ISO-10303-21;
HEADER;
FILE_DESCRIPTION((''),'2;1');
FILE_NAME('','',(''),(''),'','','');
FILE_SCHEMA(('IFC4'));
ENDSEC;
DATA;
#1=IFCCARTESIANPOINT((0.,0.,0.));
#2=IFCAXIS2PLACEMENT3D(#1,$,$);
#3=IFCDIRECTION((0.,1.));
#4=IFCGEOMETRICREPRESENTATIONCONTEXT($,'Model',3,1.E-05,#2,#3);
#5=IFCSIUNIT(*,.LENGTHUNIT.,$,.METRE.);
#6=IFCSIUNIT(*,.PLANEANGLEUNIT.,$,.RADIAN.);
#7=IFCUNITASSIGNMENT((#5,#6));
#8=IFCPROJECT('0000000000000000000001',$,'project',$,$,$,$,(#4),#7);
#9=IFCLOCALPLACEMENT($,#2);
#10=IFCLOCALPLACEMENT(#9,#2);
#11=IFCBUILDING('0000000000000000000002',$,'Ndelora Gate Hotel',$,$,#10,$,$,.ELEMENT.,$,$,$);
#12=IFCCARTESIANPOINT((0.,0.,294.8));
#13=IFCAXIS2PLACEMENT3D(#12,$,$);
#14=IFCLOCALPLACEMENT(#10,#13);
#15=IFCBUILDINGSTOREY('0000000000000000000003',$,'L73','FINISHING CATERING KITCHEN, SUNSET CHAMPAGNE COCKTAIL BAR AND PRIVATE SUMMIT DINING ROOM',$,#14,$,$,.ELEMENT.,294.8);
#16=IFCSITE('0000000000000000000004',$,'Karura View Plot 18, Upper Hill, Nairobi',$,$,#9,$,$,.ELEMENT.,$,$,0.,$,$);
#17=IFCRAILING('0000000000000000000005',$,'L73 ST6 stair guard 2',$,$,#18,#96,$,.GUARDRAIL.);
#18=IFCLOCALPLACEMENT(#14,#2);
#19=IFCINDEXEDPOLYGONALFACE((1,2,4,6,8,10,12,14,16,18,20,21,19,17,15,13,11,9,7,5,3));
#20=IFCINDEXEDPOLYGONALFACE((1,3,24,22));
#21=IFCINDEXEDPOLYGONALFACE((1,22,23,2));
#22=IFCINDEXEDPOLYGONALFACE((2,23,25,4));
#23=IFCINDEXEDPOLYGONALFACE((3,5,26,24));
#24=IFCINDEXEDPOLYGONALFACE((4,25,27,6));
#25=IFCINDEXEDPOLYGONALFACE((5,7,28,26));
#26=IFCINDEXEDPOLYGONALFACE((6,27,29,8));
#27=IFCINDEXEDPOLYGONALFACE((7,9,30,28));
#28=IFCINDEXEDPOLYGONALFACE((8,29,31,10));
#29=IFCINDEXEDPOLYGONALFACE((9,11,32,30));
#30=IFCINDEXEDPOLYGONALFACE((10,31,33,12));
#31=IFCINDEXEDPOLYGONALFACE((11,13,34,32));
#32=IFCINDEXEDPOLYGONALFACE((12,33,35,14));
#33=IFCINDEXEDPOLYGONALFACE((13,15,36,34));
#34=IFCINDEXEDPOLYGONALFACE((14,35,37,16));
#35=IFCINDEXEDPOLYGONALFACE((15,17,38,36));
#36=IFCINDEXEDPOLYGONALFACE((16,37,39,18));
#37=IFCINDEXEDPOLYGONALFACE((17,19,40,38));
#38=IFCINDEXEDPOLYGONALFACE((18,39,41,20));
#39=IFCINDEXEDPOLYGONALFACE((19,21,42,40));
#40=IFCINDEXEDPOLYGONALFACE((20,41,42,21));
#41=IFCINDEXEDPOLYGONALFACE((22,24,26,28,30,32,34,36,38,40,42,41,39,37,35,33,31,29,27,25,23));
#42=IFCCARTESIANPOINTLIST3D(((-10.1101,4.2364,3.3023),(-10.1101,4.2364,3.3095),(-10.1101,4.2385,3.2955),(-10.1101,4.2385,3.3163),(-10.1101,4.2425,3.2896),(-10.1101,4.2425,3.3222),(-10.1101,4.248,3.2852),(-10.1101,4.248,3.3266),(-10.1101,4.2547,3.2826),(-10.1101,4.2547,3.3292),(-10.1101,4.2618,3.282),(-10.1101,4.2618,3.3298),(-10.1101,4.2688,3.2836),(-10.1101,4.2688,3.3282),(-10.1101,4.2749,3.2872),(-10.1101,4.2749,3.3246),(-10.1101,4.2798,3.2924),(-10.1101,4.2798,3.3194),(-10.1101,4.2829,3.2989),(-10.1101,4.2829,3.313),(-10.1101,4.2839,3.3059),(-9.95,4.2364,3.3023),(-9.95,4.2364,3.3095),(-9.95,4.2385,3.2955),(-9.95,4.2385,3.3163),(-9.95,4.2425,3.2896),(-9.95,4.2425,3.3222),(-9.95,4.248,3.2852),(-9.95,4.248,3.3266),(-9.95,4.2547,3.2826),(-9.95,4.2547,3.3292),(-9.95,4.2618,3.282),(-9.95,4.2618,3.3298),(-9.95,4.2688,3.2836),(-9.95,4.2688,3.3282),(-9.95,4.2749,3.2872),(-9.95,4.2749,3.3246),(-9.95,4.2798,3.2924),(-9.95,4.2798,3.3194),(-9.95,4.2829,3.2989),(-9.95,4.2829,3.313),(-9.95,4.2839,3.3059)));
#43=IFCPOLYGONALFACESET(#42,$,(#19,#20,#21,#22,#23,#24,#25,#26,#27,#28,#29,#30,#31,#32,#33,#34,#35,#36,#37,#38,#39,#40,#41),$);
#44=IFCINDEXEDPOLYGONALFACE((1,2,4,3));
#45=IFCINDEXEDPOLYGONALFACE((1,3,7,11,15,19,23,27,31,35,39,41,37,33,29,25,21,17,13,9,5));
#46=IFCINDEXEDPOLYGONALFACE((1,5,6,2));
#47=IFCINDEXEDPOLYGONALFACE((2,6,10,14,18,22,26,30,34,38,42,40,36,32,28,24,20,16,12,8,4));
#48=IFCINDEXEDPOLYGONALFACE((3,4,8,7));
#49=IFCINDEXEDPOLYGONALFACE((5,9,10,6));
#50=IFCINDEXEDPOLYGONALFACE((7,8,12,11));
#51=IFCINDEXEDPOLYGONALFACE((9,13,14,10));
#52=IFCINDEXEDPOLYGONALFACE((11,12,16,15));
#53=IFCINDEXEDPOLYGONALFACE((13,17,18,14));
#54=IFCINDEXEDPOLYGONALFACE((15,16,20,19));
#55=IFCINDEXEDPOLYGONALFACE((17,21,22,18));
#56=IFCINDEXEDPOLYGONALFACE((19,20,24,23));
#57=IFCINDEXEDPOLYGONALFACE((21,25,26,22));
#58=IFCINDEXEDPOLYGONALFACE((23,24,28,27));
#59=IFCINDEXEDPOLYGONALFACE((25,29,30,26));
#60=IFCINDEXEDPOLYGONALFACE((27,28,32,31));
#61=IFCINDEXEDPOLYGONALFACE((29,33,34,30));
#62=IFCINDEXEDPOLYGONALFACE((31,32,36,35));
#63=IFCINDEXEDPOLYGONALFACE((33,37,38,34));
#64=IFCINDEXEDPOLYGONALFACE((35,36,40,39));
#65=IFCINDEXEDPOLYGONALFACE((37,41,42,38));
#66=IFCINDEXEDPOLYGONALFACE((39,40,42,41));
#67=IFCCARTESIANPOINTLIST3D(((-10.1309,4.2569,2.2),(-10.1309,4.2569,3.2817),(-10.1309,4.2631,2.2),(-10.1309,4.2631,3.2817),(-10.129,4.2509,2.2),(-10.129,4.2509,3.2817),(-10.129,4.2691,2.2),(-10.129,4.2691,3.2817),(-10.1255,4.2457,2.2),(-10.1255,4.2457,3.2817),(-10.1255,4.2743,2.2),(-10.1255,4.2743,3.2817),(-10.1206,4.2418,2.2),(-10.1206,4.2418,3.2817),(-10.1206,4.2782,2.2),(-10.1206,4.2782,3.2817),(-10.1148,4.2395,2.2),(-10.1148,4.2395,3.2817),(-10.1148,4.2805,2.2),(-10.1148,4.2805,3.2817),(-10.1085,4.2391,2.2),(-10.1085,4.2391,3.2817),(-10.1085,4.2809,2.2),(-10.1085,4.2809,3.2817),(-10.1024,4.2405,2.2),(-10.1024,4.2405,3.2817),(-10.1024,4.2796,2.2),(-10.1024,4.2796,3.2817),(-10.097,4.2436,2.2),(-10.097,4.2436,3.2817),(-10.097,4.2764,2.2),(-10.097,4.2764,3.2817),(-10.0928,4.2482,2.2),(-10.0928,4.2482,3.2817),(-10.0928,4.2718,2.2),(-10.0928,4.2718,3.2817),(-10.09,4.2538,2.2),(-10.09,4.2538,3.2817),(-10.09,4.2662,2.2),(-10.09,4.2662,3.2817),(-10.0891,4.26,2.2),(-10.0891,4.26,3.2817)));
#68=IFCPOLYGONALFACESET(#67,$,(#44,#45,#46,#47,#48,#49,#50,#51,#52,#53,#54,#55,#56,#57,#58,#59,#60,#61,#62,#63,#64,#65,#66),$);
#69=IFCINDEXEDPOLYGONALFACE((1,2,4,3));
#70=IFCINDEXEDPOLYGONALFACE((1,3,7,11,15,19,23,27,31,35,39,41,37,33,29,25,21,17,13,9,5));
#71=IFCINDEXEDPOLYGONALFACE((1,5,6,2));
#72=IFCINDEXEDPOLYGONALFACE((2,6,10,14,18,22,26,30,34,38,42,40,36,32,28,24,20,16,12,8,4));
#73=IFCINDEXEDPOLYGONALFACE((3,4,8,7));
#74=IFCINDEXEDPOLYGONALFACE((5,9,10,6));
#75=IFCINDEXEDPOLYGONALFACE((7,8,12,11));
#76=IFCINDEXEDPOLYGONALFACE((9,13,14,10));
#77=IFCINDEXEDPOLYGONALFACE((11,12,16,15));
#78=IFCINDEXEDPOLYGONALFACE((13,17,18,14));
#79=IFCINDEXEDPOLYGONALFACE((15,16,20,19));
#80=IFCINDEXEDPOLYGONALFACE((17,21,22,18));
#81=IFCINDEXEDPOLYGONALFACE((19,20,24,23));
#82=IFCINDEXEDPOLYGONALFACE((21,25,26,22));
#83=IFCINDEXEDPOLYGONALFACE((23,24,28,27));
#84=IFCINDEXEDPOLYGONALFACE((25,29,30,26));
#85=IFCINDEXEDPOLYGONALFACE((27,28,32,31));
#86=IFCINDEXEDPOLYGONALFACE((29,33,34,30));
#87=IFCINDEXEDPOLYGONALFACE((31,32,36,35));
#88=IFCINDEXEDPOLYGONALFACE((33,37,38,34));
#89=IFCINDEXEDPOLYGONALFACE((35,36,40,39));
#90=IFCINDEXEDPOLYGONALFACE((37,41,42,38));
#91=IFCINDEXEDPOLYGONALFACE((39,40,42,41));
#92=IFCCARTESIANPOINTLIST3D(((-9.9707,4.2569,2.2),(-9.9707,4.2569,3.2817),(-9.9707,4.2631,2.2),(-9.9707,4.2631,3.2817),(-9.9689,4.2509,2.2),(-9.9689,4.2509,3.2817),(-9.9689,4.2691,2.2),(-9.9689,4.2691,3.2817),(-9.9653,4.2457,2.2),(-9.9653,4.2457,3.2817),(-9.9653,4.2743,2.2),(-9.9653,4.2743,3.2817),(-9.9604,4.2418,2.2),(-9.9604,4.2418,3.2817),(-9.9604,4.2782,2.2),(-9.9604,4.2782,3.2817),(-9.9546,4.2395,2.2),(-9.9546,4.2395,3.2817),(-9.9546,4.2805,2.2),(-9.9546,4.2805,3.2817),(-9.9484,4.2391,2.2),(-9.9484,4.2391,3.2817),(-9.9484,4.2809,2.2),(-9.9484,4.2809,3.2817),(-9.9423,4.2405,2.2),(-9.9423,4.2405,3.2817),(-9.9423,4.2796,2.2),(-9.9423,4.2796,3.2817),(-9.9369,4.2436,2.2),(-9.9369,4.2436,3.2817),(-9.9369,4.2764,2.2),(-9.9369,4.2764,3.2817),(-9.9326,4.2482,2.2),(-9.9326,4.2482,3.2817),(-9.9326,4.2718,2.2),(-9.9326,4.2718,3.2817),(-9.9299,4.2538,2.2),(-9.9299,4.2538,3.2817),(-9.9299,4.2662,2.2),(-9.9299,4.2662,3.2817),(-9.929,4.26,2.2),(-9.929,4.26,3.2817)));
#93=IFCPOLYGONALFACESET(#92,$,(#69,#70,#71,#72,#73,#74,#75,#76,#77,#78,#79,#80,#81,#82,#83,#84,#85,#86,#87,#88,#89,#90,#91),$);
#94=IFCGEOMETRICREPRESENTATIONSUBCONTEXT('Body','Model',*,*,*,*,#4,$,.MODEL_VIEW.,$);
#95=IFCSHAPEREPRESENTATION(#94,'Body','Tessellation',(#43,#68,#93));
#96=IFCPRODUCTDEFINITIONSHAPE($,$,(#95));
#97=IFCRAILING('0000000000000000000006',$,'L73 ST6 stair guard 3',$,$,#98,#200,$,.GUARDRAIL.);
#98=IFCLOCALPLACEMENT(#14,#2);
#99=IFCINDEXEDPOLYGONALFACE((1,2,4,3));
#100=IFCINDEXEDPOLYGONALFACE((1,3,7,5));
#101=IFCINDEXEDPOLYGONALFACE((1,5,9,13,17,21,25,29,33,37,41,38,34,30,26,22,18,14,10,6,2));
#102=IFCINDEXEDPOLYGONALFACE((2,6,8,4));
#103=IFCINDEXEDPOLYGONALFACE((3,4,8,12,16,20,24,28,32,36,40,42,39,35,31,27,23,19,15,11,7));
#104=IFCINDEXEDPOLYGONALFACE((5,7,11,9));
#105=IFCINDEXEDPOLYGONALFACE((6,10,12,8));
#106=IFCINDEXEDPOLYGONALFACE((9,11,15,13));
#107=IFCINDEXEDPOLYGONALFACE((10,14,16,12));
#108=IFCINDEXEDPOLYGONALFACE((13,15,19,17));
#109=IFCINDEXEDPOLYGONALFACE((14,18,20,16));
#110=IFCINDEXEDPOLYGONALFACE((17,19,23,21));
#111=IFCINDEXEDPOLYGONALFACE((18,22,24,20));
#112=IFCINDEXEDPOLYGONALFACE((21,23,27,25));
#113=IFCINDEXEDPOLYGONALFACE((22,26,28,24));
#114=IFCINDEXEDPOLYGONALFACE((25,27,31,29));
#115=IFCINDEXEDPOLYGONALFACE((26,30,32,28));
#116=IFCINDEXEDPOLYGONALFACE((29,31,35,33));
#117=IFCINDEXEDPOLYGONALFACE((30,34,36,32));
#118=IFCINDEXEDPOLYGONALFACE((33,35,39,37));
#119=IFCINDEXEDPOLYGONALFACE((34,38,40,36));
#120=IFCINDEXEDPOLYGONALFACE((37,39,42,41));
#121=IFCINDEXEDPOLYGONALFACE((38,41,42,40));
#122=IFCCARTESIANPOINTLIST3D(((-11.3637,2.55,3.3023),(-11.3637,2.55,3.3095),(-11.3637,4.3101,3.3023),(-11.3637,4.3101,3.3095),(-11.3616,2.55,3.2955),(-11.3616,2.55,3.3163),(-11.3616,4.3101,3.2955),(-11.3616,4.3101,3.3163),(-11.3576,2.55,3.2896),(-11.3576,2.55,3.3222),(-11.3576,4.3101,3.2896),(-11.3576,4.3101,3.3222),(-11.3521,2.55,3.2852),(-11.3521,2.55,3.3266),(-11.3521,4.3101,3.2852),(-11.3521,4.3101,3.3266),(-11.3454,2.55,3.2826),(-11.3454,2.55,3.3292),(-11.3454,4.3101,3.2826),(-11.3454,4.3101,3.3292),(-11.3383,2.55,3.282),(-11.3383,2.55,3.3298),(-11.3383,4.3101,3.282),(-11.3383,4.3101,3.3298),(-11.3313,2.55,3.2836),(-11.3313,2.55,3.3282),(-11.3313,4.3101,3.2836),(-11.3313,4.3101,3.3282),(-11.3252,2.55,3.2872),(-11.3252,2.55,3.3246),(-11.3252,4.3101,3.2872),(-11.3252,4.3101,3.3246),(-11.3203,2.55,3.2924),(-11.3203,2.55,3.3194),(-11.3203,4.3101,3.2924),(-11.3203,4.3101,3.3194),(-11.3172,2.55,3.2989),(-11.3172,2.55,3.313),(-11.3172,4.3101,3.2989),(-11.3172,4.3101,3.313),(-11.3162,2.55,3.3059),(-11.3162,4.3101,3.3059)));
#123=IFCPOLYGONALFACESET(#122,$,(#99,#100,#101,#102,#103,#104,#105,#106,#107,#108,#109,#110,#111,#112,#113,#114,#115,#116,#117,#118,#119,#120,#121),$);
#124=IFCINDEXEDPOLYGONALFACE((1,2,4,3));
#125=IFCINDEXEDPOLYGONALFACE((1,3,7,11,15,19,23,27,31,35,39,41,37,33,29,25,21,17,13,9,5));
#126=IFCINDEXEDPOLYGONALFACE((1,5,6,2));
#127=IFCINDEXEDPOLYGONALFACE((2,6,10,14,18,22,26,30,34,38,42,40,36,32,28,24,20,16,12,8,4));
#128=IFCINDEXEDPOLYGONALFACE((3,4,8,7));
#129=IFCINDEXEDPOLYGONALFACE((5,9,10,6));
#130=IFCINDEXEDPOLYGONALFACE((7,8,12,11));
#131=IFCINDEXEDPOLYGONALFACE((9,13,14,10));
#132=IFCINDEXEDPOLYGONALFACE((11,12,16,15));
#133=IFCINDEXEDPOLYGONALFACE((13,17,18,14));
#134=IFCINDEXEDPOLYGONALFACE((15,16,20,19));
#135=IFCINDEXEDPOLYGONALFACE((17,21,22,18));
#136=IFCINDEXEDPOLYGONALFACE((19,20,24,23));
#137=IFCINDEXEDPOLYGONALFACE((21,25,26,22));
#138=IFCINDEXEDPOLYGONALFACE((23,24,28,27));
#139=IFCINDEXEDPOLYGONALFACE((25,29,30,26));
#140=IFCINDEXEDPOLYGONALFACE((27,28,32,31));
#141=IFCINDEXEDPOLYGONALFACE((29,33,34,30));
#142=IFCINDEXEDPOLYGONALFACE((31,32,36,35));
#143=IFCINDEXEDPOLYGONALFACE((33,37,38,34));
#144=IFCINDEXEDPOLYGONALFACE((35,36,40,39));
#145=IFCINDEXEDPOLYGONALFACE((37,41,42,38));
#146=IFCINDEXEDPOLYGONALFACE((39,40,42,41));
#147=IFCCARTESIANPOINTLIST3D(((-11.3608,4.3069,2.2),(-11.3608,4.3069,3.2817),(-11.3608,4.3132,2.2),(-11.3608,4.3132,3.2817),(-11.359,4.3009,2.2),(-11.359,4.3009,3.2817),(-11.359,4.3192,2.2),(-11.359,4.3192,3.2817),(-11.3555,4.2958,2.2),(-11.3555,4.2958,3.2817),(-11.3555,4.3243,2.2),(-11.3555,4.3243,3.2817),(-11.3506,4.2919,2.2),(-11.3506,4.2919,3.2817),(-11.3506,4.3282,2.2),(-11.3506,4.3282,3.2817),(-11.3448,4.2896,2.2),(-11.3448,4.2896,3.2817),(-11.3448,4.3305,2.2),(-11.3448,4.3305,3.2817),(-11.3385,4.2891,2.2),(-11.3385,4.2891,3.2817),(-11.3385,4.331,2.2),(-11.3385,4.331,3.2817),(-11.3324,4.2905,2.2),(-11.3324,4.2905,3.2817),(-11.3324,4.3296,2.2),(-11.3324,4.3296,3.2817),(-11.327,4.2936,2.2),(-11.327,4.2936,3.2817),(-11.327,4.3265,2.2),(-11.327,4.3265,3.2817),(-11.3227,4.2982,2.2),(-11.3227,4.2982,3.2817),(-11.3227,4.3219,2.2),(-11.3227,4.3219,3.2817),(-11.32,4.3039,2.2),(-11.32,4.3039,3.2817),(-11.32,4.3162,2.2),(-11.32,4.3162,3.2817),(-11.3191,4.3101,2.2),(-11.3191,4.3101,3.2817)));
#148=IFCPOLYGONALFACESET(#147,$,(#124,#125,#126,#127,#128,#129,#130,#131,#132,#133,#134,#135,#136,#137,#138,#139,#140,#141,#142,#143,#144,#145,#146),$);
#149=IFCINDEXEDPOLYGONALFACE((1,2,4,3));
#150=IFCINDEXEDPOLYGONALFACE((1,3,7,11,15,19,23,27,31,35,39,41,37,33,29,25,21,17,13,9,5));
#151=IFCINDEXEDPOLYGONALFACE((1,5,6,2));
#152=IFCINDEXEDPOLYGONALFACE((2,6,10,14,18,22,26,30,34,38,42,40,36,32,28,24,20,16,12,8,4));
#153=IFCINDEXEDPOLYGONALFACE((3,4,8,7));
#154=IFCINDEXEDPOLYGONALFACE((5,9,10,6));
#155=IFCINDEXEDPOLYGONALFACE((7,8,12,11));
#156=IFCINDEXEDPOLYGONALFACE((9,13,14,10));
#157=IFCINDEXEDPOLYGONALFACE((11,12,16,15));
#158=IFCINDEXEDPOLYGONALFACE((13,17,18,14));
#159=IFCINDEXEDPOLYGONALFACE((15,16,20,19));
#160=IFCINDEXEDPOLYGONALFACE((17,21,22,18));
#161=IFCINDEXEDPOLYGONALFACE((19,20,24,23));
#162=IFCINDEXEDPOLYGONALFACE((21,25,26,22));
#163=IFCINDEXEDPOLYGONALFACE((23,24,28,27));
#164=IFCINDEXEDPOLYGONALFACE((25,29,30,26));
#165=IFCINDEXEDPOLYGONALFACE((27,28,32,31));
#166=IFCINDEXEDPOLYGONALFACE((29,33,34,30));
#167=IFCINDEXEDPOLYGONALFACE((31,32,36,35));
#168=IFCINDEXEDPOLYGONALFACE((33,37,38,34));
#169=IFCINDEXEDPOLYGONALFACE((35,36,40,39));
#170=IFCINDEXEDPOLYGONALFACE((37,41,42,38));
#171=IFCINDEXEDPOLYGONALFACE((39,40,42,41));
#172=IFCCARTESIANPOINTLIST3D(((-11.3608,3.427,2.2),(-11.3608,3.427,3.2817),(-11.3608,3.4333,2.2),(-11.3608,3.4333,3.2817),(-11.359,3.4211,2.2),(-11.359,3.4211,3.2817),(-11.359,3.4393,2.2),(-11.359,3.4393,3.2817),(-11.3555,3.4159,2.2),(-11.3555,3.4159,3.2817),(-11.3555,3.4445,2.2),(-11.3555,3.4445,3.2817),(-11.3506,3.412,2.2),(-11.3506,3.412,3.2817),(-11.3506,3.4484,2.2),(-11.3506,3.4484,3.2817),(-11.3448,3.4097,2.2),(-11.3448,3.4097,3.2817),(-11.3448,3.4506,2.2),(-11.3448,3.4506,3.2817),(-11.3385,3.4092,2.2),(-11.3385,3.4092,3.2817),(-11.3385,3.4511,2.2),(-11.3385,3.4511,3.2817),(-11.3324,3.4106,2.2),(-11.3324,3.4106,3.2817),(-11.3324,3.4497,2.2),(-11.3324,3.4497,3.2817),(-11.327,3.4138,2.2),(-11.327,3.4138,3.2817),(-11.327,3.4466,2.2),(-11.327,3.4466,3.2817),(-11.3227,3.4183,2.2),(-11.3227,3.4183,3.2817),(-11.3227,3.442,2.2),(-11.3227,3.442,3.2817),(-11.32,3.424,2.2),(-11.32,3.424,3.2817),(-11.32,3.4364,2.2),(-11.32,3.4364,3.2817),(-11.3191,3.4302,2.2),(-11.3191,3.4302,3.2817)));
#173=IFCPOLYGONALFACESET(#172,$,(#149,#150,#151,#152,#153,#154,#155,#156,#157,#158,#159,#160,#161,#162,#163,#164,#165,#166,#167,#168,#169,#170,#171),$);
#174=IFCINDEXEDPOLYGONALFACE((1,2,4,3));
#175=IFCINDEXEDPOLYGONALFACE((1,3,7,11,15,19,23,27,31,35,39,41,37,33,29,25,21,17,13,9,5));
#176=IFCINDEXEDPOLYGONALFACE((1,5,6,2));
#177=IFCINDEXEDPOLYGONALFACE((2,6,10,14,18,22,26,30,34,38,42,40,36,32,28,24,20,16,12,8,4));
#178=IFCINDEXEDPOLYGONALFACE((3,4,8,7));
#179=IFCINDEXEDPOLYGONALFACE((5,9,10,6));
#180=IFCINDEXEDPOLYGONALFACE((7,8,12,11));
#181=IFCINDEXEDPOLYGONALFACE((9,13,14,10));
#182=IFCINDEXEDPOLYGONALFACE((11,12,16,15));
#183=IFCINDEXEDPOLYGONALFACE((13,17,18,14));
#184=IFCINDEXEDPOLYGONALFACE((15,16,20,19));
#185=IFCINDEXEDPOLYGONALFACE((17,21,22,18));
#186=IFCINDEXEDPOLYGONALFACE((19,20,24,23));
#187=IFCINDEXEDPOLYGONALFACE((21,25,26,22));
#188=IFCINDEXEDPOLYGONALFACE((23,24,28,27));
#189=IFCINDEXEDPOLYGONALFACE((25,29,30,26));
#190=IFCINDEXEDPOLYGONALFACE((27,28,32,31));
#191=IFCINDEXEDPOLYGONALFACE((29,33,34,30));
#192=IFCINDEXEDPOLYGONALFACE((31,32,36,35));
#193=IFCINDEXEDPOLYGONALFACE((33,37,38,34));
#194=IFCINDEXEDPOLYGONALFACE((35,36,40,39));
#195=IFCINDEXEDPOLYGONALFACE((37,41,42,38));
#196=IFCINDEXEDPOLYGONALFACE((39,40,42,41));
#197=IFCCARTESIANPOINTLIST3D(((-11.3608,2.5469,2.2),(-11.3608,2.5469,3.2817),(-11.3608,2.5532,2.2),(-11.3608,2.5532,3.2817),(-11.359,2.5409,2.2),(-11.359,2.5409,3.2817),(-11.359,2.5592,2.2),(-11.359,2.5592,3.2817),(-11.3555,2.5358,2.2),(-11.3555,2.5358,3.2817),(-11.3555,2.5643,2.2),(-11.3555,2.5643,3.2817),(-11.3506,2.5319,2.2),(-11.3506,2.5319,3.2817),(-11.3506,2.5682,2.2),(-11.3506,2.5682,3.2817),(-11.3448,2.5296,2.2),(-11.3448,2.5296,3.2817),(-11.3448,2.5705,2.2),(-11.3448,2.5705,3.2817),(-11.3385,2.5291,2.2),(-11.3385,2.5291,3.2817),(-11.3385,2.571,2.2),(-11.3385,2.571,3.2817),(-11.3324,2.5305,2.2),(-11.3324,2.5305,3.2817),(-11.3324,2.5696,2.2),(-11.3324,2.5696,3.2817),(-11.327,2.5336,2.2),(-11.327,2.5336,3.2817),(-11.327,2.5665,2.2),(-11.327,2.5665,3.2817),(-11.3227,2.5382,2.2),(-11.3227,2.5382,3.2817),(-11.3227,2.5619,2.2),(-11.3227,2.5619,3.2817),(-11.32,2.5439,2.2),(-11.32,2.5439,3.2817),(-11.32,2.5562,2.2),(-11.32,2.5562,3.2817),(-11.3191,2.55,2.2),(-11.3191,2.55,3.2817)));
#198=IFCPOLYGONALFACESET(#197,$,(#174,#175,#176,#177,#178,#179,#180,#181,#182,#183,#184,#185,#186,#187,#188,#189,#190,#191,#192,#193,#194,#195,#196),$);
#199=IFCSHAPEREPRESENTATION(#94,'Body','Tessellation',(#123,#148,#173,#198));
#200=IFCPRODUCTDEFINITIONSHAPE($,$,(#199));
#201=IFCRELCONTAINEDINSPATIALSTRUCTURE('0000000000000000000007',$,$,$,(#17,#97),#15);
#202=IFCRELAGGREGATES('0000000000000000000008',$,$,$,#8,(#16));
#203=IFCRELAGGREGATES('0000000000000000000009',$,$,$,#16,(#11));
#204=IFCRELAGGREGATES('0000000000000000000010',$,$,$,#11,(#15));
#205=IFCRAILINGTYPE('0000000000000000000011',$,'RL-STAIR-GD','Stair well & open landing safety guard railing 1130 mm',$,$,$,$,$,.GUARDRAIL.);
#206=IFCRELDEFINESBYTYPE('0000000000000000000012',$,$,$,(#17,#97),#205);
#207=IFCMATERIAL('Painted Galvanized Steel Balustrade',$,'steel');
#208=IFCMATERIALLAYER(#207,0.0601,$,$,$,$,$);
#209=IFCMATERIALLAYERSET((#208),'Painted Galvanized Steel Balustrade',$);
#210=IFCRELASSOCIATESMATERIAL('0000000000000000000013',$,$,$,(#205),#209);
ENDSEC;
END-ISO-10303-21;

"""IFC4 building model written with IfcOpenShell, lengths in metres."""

from ifc_helpers import new_model, si_unit, direction, frame, origin, origin_2d, place, context, subcontext, project, spatial, circle, extrude, material, layer, layer_set, type_object, element, save


model = new_model("IFC4")

# Units and contexts
model_context = context("Model", 3, precision=1e-05, world=origin(), true_north=direction((0.0, 1.0)))
body_context = subcontext(model_context, "Body", "Model", "MODEL_VIEW")
ifc_project = project(units=[si_unit("LENGTHUNIT", "METRE"), si_unit("PLANEANGLEUNIT", "RADIAN")], contexts=[model_context])

# Site, building, storey
site_placement = place(None, origin())
site = spatial("IfcSite", under=ifc_project, at=site_placement, Name="Karura View Plot 18, Upper Hill, Nairobi", CompositionType="ELEMENT", RefElevation=0.0)
building_placement = place(site_placement, origin())
building = spatial("IfcBuilding", under=site, at=building_placement, Name="Ndelora Gate Hotel", CompositionType="ELEMENT")
storey_placement = place(building_placement, frame((0.0, 0.0, 294.8)))
storey = spatial("IfcBuildingStorey", under=building, at=storey_placement, Name="L73", Description="FINISHING CATERING KITCHEN, SUNSET CHAMPAGNE COCKTAIL BAR AND PRIVATE SUMMIT DINING ROOM", CompositionType="ELEMENT", Elevation=294.8)

# Railings
ifc_material_1 = material(Name="Painted Galvanized Steel Balustrade", Category="steel")
ifc_layer_1 = layer(ifc_material_1, 0.0601)
ifc_layer_set_1 = layer_set([ifc_layer_1], Name="Painted Galvanized Steel Balustrade")
railing_type_1 = type_object("IfcRailingType", Name="RL-STAIR-GD", Description="Stair well & open landing safety guard railing 1130 mm", PredefinedType="GUARDRAIL", material=ifc_layer_set_1)
railing_1_placement = place(storey_placement, frame((-10.1101, 4.26, 2.2)))
element("IfcRailing", 1, at=railing_1_placement, inside=storey, type_object=railing_type_1, Name="L73 ST6 stair guard 2", PredefinedType="GUARDRAIL", context=body_context, shape_type="SweptSolid", body=[
    extrude(circle(Radius=0.0239, at=origin_2d()), frame((0.0, 0.0, 1.106), z_axis=(1.0, 0.0, 0.0), x_axis=(0.0, 1.0, 0.0)), (0.0, 0.0, 1.0), 0.1602),
    extrude(circle(Radius=0.021, at=origin_2d()), origin(), (0.0, 0.0, 1.0), 1.0818),
    extrude(circle(Radius=0.021, at=origin_2d()), frame((0.1602, 0.0, 0.0)), (0.0, 0.0, 1.0), 1.0818),
])
for number, where, name in (
    (2, (-11.3401, 4.3101, 2.2), "L73 ST6 stair guard 3"),
):
    element("IfcRailing", number, at=place(storey_placement, frame(where)), inside=storey, type_object=railing_type_1, Name=name, PredefinedType="GUARDRAIL", context=body_context, shape_type="SweptSolid", body=[
        extrude(circle(Radius=0.0239, at=origin_2d()), frame((0.0, 0.0, 1.106), z_axis=(0.0, -1.0, 0.0), x_axis=(1.0, 0.0, 0.0)), (0.0, 0.0, 1.0), 1.76),
        extrude(circle(Radius=0.021, at=origin_2d()), origin(), (0.0, 0.0, 1.0), 1.0818),
        extrude(circle(Radius=0.021, at=origin_2d()), frame((0.0, -0.8799, 0.0)), (0.0, 0.0, 1.0), 1.0818),
        extrude(circle(Radius=0.021, at=origin_2d()), frame((0.0, -1.76, 0.0)), (0.0, 0.0, 1.0), 1.0818),
    ])

save(model, "model.ifc")
